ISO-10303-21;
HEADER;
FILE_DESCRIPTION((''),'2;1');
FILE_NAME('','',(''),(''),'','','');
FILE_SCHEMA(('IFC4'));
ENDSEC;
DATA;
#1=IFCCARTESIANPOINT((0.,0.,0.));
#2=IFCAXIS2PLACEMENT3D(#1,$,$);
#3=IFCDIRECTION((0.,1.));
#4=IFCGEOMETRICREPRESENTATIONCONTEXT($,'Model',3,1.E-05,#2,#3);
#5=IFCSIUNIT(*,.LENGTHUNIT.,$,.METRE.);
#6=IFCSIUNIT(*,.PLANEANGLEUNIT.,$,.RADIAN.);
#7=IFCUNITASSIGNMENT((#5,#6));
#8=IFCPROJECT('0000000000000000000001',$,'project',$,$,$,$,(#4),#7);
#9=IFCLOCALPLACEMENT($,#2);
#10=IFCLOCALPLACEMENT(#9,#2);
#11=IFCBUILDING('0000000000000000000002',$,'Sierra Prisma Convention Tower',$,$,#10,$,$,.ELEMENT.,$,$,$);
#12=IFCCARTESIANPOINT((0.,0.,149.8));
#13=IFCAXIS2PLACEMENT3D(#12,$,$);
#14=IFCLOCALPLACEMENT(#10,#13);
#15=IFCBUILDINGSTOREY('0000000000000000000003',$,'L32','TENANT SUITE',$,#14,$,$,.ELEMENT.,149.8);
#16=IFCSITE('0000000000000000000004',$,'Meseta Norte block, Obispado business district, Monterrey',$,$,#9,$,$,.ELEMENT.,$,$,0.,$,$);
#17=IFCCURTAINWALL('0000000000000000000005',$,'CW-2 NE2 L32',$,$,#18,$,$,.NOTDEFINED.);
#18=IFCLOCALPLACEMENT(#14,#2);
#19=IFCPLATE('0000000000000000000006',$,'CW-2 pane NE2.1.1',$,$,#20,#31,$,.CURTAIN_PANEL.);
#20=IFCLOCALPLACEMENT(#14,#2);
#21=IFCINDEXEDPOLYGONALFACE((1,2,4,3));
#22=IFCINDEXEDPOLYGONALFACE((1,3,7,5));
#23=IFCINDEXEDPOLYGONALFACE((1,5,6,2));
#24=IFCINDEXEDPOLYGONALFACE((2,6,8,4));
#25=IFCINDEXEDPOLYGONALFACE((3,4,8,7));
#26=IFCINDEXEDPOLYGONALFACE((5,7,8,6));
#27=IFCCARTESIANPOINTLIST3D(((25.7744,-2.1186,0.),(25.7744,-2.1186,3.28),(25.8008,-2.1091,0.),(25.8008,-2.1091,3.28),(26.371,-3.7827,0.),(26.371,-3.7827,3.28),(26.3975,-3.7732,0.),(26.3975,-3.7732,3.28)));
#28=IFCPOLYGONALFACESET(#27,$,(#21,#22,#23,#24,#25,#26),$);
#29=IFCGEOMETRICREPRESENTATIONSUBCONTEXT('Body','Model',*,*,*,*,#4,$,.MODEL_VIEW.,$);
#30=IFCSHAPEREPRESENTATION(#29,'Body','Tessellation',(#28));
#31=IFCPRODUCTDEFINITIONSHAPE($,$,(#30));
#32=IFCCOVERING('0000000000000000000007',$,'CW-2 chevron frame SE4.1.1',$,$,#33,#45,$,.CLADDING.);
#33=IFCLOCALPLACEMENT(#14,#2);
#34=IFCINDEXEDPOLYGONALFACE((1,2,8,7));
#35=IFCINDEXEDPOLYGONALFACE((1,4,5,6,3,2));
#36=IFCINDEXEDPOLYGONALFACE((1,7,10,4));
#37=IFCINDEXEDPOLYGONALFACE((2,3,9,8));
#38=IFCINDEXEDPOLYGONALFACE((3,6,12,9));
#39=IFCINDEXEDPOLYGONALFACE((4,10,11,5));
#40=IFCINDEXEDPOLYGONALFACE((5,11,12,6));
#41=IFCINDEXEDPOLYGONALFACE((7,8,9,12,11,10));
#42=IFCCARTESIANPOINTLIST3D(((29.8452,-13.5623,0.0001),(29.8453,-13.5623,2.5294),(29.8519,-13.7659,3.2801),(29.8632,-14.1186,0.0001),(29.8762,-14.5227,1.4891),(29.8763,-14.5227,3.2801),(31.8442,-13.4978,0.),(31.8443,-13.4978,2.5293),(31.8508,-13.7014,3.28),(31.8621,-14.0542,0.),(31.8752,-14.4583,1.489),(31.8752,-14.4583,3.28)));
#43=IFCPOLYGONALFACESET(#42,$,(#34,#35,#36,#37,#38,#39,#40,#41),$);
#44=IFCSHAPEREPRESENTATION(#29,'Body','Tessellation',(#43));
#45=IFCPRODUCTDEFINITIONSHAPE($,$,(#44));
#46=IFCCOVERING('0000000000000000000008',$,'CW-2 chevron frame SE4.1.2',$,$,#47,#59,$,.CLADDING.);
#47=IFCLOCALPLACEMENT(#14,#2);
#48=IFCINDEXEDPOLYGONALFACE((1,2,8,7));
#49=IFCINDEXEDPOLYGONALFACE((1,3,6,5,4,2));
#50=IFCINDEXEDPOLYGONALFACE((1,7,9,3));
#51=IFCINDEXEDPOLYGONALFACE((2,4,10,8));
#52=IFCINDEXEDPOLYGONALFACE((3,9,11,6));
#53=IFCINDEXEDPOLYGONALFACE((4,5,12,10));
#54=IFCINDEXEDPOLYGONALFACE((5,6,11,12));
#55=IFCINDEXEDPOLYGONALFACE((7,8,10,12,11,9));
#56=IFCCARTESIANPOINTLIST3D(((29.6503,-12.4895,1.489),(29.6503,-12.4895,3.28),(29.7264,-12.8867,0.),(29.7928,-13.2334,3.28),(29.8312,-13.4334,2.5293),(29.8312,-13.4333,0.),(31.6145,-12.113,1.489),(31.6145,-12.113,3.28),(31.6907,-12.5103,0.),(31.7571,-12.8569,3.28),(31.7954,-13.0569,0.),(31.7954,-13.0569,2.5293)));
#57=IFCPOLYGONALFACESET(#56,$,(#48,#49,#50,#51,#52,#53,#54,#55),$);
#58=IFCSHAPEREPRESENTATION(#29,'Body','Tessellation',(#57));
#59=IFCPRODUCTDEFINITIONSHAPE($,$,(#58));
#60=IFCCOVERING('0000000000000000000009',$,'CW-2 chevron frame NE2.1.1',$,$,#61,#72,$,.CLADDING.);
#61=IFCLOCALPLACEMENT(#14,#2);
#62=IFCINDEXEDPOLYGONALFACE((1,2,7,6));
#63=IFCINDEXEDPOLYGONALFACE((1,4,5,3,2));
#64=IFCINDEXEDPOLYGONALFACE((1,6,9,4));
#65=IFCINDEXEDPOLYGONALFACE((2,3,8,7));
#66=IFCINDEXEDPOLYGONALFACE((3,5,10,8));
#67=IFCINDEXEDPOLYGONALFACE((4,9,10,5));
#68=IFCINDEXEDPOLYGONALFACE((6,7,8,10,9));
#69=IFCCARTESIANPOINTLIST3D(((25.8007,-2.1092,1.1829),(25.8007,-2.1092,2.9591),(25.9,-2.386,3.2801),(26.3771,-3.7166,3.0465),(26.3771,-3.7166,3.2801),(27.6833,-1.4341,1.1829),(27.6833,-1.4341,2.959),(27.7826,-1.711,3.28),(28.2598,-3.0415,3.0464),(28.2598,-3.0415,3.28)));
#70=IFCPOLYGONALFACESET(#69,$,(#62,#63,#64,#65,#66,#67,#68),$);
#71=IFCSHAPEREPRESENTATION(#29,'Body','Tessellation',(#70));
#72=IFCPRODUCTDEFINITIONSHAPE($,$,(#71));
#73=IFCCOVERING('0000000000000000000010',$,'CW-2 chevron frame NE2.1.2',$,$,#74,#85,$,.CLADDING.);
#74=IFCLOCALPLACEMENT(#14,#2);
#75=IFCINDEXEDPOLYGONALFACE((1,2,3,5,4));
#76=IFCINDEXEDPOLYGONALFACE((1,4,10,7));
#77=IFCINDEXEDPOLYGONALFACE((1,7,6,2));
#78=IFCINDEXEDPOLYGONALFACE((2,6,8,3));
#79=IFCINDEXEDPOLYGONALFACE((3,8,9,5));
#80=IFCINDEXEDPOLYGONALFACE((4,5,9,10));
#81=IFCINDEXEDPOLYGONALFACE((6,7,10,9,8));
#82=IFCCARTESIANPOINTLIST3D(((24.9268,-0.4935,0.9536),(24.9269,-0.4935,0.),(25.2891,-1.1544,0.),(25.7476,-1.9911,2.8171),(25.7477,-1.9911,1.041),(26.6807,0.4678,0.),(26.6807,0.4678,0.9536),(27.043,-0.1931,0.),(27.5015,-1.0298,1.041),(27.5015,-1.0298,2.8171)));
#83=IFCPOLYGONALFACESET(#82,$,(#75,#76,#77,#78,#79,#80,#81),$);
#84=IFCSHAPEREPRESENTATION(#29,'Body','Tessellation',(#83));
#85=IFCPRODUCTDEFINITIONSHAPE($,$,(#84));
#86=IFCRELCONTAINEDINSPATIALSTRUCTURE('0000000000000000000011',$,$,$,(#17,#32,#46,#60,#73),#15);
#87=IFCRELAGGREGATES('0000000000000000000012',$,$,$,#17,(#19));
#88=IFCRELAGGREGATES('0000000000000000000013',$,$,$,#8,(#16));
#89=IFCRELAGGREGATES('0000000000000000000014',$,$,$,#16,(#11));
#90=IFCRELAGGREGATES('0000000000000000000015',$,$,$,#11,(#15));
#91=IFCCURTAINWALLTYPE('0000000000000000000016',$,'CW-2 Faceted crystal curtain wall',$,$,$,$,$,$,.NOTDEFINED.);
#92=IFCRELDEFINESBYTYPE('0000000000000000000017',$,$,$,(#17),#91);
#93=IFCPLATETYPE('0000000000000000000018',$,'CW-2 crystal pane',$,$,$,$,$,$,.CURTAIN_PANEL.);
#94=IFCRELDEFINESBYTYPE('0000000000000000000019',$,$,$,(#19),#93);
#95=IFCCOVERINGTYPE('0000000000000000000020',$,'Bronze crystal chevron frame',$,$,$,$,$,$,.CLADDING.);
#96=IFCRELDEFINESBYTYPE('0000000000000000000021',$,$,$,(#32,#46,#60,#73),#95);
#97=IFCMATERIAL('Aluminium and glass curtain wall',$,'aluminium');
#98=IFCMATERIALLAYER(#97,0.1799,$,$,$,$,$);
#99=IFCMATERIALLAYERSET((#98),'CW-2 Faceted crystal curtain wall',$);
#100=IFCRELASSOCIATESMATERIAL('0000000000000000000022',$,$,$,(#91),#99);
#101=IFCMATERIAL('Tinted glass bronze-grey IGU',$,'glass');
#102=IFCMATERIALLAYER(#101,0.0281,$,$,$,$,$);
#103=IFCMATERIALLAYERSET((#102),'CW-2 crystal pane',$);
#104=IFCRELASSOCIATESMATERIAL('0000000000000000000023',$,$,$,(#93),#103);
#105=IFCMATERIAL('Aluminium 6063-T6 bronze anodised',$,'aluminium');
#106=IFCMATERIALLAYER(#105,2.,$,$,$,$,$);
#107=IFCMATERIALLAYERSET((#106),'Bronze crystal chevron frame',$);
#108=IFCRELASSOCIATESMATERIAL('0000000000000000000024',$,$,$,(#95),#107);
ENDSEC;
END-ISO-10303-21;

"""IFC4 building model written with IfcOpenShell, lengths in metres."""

from ifc_helpers import new_model, si_unit, direction, frame, origin, place, context, subcontext, project, spatial, polyline, outline, extrude, material, layer, layer_set, type_object, element, aggregate, save


model = new_model("IFC4")

# Units and contexts
model_context = context("Model", 3, precision=1e-05, world=origin(), true_north=direction((0.0, 1.0)))
body_context = subcontext(model_context, "Body", "Model", "MODEL_VIEW")
ifc_project = project(units=[si_unit("LENGTHUNIT", "METRE"), si_unit("PLANEANGLEUNIT", "RADIAN")], contexts=[model_context])

# Site, building, storey
site_placement = place(None, origin())
site = spatial("IfcSite", under=ifc_project, at=site_placement, Name="Meseta Norte block, Obispado business district, Monterrey", CompositionType="ELEMENT", RefElevation=0.0)
building_placement = place(site_placement, origin())
building = spatial("IfcBuilding", under=site, at=building_placement, Name="Sierra Prisma Convention Tower", CompositionType="ELEMENT")
storey_placement = place(building_placement, frame((0.0, 0.0, 149.8)))
storey = spatial("IfcBuildingStorey", under=building, at=storey_placement, Name="L32", Description="TENANT SUITE", CompositionType="ELEMENT", Elevation=149.8)

# Curtain wall
ifc_material_1 = material(Name="Aluminium and glass curtain wall", Category="aluminium")
ifc_layer_1 = layer(ifc_material_1, 0.1799)
ifc_layer_set_1 = layer_set([ifc_layer_1], Name="CW-2 Faceted crystal curtain wall")
curtain_wall_type_1 = type_object("IfcCurtainWallType", Name="CW-2 Faceted crystal curtain wall", PredefinedType="NOTDEFINED", material=ifc_layer_set_1)
curtain_wall_1_placement = place(storey_placement, origin())
curtain_wall_1 = element("IfcCurtainWall", 1, at=curtain_wall_1_placement, inside=storey, type_object=curtain_wall_type_1, Name="CW-2 NE2 L32", PredefinedType="NOTDEFINED")

# Shared definitions
ifc_material_2 = material(Name="Tinted glass bronze-grey IGU", Category="glass")
ifc_layer_2 = layer(ifc_material_2, 0.0281)
ifc_layer_set_2 = layer_set([ifc_layer_2], Name="CW-2 crystal pane")
plate_type_1 = type_object("IfcPlateType", Name="CW-2 crystal pane", PredefinedType="CURTAIN_PANEL", material=ifc_layer_set_2)

# Plate
plate_1_placement = place(storey_placement, frame((26.3975, -3.7732, 0.0), z_axis=(0.941316, 0.337526, 0.0), x_axis=(-0.337526, 0.941316, 0.0)))
plate_1 = element("IfcPlate", 2, at=plate_1_placement, type_object=plate_type_1, Name="CW-2 pane NE2.1.1", PredefinedType="CURTAIN_PANEL", context=body_context, shape_type="SweptSolid", body=[
    extrude(outline(polyline([(0.0, 0.0), (1.7678, 0.0), (1.7678, 3.28), (0.0, 3.28), (0.0, 0.0)])), origin(), (0.0, 0.0, -1.0), 0.0281),
])
aggregate(curtain_wall_1, [plate_1])

# Coverings
ifc_material_3 = material(Name="Aluminium 6063-T6 bronze anodised", Category="aluminium")
ifc_layer_3 = layer(ifc_material_3, 2.0)
ifc_layer_set_3 = layer_set([ifc_layer_3], Name="Bronze crystal chevron frame")
covering_type = type_object("IfcCoveringType", Name="Bronze crystal chevron frame", PredefinedType="CLADDING", material=ifc_layer_set_3)
covering_1_placement = place(storey_placement, frame((31.8752, -14.4583, 3.28), z_axis=(0.999481, 0.032226, -0.000027), x_axis=(-0.000027, -0.000001, -1.0)))
element("IfcCovering", 3, at=covering_1_placement, inside=storey, type_object=covering_type, Name="CW-2 chevron frame SE4.1.1", PredefinedType="CLADDING", context=body_context, shape_type="SweptSolid", body=[
    extrude(outline(polyline([(0.0, 0.0), (1.791, 0.0), (3.28, 0.4043), (3.28, 0.9609), (0.7507, 0.9609), (0.0, 0.7572), (0.0, 0.0)])), origin(), (0.0, 0.0, -1.0), 2.0),
])
covering_2_placement = place(storey_placement, frame((31.6907, -12.5103, 0.0), z_axis=(0.982124, 0.188234, 0.000007), x_axis=(-0.049348, 0.257441, 0.965033)))
element("IfcCovering", 4, at=covering_2_placement, inside=storey, type_object=covering_type, Name="CW-2 chevron frame SE4.1.2", PredefinedType="CLADDING", context=body_context, shape_type="SweptSolid", body=[
    extrude(outline(polyline([(0.0, 0.0), (1.543, 0.0), (3.2714, 0.4695), (3.0728, 1.2004), (2.295, 1.2001), (-0.1459, 0.5371), (0.0, 0.0)])), origin(), (0.0, 0.0, -1.0), 2.0),
])
covering_3_placement = place(storey_placement, frame((28.2598, -3.0415, 3.28), z_axis=(0.94131, 0.337543, -0.000035), x_axis=(-0.000033, -0.000012, -1.0)))
element("IfcCovering", 5, at=covering_3_placement, inside=storey, type_object=covering_type, Name="CW-2 chevron frame NE2.1.1", PredefinedType="CLADDING", context=body_context, shape_type="SweptSolid", body=[
    extrude(outline(polyline([(0.0, 0.0), (0.2336, 0.0), (2.0972, 1.7076), (0.321, 1.7076), (0.0, 1.4135), (0.0, 0.0)])), origin(), (0.0, 0.0, -1.0), 2.0),
])
covering_4_placement = place(storey_placement, frame((27.5015, -1.0298, 2.8171), z_axis=(0.876915, 0.480645, 0.000021), x_axis=(0.000018, 0.00001, -1.0)))
element("IfcCovering", 6, at=covering_4_placement, inside=storey, type_object=covering_type, Name="CW-2 chevron frame NE2.1.2", PredefinedType="CLADDING", context=body_context, shape_type="SweptSolid", body=[
    extrude(outline(polyline([(0.0, 0.0), (1.7761, 0.0), (2.8171, 0.9541), (2.8171, 1.7077), (1.8635, 1.7077), (0.0, 0.0)])), origin(), (0.0, 0.0, -1.0), 2.0),
])

save(model, "model.ifc")
